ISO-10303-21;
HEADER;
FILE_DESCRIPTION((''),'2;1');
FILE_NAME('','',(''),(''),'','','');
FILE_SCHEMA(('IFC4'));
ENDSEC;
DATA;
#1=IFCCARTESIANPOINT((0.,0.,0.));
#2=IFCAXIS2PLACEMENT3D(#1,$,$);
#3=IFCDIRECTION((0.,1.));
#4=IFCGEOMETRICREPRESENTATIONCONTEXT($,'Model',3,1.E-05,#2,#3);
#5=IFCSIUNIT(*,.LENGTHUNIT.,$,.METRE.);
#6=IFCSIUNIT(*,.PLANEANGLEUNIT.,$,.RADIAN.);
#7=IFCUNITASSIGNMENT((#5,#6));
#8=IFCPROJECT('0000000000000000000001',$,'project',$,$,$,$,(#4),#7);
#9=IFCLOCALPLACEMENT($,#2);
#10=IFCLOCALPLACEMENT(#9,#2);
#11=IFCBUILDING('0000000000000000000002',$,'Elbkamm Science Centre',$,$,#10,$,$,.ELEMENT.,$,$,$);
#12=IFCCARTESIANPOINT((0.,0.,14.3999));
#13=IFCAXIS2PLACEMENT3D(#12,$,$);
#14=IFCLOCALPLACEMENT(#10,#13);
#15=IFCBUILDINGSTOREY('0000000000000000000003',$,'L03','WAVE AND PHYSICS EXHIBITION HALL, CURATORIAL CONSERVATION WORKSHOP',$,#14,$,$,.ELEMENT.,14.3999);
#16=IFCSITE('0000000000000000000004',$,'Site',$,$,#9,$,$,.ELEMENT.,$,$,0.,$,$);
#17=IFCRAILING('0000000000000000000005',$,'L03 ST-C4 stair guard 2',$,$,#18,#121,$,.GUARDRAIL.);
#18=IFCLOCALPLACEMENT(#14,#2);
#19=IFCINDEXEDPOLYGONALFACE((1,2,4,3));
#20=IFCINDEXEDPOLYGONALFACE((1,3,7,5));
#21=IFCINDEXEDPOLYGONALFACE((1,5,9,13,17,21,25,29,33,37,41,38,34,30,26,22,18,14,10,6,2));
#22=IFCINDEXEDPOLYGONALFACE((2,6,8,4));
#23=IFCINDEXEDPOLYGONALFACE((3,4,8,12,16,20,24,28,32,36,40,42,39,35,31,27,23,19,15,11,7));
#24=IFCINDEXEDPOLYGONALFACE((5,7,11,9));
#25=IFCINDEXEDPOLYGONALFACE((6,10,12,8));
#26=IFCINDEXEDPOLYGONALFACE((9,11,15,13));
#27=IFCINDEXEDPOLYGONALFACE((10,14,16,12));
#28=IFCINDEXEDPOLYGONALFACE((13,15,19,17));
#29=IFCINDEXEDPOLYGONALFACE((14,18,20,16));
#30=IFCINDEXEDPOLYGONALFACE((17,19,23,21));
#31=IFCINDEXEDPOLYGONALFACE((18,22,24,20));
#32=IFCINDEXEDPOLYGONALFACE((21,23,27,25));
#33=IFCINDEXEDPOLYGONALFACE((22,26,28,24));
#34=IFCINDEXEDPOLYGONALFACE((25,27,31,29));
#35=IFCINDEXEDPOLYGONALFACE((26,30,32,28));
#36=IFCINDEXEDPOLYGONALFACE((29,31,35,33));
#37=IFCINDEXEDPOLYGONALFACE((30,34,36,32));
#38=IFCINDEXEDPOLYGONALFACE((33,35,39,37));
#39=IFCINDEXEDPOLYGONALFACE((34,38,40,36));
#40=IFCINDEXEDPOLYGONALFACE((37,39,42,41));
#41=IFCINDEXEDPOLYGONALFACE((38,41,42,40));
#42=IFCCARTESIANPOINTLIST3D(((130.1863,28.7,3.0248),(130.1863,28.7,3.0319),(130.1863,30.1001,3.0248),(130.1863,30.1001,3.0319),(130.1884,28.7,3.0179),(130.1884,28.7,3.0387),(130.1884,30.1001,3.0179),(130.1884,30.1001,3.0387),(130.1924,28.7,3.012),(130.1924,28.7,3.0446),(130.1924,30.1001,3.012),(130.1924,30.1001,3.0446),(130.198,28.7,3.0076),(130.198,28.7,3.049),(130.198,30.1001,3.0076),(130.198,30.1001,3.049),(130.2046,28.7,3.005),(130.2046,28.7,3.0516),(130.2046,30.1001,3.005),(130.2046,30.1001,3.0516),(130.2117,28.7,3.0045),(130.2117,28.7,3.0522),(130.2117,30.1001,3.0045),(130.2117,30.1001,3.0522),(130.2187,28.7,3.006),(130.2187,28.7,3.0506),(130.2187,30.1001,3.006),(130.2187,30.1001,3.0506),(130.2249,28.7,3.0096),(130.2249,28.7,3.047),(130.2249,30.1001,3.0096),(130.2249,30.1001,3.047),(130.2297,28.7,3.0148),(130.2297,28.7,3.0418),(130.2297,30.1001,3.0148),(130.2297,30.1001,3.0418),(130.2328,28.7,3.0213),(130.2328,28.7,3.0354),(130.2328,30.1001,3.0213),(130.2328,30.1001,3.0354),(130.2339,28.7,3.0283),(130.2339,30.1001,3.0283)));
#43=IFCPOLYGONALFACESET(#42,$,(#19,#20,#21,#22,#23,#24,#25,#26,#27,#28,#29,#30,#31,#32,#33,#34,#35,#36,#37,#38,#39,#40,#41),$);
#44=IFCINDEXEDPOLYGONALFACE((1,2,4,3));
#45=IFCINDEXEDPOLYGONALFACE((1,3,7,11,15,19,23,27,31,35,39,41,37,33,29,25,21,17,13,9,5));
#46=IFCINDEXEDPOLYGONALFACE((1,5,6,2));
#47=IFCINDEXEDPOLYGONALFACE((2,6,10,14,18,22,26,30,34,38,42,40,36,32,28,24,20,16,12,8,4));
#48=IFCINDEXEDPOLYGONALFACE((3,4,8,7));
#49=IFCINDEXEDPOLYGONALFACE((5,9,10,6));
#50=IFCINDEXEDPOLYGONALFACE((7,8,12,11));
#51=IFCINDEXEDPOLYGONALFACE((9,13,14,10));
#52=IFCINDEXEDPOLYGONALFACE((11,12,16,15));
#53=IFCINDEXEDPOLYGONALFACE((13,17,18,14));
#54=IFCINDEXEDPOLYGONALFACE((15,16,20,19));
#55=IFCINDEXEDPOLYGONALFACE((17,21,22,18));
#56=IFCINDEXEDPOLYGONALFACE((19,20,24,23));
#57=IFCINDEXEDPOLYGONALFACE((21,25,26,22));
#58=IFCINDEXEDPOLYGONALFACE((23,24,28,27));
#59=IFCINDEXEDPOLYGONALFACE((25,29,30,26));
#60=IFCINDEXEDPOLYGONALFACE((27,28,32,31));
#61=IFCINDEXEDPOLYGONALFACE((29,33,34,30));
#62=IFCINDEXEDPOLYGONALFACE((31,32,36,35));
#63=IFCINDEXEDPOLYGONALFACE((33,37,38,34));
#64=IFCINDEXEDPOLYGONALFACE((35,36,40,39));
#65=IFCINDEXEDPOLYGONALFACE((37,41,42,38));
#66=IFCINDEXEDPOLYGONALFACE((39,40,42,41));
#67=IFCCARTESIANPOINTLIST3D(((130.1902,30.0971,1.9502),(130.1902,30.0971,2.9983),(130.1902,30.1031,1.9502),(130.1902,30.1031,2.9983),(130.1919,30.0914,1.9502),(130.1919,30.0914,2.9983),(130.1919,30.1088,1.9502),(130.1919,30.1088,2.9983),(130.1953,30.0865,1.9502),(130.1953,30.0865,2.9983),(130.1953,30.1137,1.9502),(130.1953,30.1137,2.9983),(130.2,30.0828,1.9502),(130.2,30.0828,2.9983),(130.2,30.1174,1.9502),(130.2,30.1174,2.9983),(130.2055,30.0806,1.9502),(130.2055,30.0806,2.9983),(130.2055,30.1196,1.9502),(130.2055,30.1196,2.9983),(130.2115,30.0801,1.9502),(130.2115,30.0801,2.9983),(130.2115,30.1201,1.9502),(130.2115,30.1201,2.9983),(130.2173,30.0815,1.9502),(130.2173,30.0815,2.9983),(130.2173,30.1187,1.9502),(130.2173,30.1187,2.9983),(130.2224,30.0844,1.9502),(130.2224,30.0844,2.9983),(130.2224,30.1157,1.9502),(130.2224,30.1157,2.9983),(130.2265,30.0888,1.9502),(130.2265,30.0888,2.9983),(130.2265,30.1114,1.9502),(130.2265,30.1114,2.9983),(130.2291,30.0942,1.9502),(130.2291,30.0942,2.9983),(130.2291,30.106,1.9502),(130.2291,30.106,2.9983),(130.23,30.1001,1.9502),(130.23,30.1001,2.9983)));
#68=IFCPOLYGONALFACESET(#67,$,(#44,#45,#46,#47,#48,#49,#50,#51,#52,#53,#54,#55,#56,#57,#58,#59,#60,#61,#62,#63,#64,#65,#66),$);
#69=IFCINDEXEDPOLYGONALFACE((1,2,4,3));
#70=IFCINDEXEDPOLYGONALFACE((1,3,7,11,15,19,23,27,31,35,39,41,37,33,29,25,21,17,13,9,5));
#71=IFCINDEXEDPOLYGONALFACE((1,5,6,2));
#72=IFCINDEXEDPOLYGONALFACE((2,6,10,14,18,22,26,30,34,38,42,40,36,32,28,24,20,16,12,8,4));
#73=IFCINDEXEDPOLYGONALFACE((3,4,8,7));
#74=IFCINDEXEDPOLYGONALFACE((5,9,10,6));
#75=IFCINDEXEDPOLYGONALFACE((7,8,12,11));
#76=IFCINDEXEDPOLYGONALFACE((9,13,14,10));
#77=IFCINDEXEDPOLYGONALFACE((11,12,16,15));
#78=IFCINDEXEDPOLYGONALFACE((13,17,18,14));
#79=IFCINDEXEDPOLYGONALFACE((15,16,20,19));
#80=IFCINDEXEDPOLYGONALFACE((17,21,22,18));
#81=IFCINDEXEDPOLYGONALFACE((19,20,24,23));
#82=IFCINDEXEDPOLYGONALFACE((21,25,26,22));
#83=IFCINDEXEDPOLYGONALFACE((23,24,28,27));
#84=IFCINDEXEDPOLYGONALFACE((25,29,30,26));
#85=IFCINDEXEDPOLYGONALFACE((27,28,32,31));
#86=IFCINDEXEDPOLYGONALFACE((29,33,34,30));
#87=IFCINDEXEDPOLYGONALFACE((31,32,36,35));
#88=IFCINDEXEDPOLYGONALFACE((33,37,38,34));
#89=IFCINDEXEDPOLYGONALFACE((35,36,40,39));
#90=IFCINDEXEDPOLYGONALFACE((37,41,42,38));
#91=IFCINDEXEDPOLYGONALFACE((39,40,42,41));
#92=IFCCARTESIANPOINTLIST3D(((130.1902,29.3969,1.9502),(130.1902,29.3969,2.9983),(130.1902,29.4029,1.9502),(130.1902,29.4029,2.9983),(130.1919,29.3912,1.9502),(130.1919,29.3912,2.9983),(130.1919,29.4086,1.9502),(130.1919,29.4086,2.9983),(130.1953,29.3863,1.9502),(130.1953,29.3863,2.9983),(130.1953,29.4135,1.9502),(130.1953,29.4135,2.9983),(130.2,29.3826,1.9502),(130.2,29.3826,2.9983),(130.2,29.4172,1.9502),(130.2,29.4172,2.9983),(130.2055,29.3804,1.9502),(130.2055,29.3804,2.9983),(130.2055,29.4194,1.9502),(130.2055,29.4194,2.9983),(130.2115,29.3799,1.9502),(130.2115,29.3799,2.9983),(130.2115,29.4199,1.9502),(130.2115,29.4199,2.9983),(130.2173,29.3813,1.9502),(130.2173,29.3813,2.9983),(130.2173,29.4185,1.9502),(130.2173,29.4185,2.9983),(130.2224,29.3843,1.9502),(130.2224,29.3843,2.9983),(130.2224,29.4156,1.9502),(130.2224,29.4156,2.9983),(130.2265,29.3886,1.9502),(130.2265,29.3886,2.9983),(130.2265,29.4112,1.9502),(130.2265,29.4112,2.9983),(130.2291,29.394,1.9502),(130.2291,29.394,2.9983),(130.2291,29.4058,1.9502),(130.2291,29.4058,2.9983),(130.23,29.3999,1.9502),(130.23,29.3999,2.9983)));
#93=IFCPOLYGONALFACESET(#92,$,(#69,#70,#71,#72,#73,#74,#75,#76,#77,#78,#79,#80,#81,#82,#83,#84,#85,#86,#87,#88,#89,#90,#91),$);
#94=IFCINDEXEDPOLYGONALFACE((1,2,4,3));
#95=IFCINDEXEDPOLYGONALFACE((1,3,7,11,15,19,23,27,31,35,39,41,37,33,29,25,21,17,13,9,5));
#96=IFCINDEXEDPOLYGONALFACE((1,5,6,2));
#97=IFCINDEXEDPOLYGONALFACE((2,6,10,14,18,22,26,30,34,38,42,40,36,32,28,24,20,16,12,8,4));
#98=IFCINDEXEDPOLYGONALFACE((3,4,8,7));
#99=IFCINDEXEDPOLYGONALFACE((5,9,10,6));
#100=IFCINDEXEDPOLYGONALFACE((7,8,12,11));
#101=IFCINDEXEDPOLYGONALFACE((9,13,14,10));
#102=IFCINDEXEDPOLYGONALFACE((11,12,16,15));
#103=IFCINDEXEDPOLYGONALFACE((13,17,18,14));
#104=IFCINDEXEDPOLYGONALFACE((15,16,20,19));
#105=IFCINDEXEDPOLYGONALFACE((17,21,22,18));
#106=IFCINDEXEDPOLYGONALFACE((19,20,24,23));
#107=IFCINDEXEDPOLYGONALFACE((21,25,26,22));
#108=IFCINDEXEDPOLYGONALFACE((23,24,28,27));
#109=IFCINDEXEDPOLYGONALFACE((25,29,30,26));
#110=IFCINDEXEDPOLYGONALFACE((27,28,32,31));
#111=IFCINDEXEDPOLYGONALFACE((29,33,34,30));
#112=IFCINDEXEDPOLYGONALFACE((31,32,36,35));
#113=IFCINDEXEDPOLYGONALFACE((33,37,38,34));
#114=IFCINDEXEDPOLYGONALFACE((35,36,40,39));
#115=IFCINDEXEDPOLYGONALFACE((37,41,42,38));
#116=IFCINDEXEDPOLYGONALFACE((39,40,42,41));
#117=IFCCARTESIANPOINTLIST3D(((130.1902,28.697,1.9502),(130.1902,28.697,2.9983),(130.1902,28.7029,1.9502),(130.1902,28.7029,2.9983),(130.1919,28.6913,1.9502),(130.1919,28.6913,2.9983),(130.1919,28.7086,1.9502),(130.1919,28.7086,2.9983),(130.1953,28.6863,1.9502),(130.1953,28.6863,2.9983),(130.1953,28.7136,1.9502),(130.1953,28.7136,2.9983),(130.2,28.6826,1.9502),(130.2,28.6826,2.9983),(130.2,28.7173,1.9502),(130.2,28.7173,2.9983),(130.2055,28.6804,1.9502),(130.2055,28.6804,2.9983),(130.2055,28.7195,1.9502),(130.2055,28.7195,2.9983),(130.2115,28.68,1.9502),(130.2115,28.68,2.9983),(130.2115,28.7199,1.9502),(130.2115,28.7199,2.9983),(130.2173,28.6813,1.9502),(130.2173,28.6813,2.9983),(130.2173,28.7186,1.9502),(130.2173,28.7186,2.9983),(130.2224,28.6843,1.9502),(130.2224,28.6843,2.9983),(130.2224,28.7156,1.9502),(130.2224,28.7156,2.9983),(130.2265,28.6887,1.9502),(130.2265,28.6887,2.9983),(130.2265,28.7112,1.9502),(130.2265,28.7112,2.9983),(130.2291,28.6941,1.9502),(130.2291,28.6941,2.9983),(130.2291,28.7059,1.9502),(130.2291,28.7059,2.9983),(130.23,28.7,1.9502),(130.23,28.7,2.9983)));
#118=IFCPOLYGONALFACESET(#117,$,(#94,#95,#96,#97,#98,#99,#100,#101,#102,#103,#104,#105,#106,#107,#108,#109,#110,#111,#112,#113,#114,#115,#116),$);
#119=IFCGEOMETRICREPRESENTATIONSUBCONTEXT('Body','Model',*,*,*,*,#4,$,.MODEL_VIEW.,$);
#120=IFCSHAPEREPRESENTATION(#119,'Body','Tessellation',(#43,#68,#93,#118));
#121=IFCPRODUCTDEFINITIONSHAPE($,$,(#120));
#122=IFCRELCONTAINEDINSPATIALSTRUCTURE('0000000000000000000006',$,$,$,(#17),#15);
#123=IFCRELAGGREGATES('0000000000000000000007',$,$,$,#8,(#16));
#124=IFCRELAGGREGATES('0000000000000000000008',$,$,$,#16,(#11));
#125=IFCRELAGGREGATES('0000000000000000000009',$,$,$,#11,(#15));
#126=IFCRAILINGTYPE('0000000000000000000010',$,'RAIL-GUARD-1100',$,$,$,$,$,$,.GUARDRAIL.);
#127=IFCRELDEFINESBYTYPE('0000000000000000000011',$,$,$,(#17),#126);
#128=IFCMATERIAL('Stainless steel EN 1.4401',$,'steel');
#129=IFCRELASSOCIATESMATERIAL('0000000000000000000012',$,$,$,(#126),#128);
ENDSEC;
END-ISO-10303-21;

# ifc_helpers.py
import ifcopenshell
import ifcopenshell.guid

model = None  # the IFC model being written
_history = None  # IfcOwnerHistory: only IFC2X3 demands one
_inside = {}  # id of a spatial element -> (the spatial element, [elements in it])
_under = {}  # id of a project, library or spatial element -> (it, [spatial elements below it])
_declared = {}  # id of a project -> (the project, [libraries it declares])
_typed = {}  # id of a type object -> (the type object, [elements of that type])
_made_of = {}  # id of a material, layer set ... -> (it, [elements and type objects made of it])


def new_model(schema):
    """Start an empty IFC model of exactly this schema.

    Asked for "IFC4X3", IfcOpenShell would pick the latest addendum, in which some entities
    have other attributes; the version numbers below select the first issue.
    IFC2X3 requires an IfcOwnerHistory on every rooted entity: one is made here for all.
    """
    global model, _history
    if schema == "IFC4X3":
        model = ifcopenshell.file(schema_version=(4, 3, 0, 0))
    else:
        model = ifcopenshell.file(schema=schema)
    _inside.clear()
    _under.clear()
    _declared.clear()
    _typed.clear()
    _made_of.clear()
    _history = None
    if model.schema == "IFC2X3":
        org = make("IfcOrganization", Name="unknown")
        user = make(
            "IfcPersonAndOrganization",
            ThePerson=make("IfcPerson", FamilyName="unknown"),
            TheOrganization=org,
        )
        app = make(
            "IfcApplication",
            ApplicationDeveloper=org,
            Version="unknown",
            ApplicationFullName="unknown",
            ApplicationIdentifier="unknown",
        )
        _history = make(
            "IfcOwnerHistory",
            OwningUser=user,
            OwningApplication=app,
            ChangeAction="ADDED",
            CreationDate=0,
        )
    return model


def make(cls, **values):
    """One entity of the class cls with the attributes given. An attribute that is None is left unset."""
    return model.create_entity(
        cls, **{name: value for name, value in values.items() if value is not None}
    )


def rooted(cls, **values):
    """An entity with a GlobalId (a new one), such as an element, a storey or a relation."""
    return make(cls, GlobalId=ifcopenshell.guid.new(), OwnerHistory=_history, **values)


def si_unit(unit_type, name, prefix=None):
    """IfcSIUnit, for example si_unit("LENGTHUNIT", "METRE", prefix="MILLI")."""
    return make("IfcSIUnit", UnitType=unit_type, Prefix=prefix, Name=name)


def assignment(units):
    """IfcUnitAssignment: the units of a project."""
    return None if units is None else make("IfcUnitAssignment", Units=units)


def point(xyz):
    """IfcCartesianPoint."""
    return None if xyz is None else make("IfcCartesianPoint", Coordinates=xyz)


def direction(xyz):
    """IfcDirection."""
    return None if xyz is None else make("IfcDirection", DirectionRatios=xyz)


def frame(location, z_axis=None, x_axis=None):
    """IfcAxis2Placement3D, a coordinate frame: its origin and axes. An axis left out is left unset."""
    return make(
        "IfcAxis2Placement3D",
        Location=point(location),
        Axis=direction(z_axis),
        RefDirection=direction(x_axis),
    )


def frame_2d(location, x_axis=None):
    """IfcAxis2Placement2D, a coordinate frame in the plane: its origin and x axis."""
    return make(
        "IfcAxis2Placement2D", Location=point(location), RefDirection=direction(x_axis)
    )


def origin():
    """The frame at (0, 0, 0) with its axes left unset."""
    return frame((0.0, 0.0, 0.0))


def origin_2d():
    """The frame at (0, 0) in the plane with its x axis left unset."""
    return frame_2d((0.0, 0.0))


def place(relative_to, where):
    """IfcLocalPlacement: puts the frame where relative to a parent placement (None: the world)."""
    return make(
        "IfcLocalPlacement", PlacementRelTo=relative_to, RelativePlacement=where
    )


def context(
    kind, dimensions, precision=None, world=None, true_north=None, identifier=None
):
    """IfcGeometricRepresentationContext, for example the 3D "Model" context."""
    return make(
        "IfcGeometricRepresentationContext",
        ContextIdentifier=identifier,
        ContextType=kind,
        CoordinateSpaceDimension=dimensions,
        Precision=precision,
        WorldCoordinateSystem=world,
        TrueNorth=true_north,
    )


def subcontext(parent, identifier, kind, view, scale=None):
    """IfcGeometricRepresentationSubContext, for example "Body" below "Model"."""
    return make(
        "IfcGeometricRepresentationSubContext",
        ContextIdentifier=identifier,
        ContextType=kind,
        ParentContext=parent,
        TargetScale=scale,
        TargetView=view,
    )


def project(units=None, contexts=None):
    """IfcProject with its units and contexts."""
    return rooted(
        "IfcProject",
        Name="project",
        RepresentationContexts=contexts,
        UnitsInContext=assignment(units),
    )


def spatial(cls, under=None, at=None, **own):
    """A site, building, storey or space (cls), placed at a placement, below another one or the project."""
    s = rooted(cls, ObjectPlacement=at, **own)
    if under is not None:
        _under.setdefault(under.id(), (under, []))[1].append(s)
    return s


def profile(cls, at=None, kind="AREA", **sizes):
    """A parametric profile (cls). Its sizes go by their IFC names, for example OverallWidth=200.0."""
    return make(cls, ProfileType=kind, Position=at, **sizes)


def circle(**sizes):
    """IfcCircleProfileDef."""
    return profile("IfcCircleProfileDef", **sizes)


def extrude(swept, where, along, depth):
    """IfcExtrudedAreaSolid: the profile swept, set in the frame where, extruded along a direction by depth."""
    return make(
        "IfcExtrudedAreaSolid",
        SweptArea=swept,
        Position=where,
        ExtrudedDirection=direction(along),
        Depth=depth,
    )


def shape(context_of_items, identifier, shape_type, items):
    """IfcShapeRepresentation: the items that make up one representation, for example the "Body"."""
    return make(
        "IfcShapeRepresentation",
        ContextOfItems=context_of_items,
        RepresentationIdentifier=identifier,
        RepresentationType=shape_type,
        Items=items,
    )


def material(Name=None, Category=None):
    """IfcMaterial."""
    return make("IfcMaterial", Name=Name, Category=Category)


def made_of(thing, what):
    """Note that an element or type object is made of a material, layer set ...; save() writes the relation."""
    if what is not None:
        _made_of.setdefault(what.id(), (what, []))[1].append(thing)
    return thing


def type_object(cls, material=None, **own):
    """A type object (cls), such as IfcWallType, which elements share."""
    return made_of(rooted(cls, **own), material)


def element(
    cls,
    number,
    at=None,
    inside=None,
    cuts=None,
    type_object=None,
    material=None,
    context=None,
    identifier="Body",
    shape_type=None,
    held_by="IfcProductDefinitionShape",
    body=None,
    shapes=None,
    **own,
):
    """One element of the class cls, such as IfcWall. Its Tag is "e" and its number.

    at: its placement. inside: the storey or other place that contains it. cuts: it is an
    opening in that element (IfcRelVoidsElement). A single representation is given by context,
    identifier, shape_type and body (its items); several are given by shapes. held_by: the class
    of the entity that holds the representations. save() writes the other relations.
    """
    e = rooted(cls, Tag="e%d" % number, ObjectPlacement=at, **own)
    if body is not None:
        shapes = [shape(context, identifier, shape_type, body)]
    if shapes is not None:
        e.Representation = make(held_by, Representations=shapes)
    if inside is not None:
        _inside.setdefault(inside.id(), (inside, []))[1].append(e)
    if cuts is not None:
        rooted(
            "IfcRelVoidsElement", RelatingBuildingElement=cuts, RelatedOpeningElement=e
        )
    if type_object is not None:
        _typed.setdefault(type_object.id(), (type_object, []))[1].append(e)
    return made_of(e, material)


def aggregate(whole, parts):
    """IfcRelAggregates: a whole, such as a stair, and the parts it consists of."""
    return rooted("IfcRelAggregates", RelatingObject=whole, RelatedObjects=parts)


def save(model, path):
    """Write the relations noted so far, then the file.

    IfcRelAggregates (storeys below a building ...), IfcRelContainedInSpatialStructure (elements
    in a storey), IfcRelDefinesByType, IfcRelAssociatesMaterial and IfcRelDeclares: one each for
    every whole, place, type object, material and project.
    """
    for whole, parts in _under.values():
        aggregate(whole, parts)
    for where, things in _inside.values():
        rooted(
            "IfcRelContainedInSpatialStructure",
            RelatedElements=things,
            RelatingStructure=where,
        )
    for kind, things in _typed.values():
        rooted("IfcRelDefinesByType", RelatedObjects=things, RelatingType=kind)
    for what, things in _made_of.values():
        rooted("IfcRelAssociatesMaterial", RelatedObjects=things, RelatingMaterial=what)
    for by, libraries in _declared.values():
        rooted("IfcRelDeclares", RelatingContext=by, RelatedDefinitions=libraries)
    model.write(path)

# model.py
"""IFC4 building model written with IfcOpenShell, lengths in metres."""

from ifc_helpers import new_model, si_unit, direction, frame, origin, origin_2d, place, context, subcontext, project, spatial, circle, extrude, material, type_object, element, save


model = new_model("IFC4")

# Units and contexts
model_context = context("Model", 3, precision=1e-05, world=origin(), true_north=direction((0.0, 1.0)))
body_context = subcontext(model_context, "Body", "Model", "MODEL_VIEW")
ifc_project = project(units=[si_unit("LENGTHUNIT", "METRE"), si_unit("PLANEANGLEUNIT", "RADIAN")], contexts=[model_context])

# Site, building, storey
site_placement = place(None, origin())
site = spatial("IfcSite", under=ifc_project, at=site_placement, Name="Site", CompositionType="ELEMENT", RefElevation=0.0)
building_placement = place(site_placement, origin())
building = spatial("IfcBuilding", under=site, at=building_placement, Name="Elbkamm Science Centre", CompositionType="ELEMENT")
storey_placement = place(building_placement, frame((0.0, 0.0, 14.3999)))
storey = spatial("IfcBuildingStorey", under=building, at=storey_placement, Name="L03", Description="WAVE AND PHYSICS EXHIBITION HALL, CURATORIAL CONSERVATION WORKSHOP", CompositionType="ELEMENT", Elevation=14.3999)

# Railing
ifc_material_1 = material(Name="Stainless steel EN 1.4401", Category="steel")
railing_type_1 = type_object("IfcRailingType", Name="RAIL-GUARD-1100", PredefinedType="GUARDRAIL", material=ifc_material_1)
railing_1_placement = place(storey_placement, frame((130.21, 30.1001, 1.9502)))
element("IfcRailing", 1, at=railing_1_placement, inside=storey, type_object=railing_type_1, Name="L03 ST-C4 stair guard 2", PredefinedType="GUARDRAIL", context=body_context, shape_type="SweptSolid", body=[
    extrude(circle(Radius=0.0239, at=origin_2d()), frame((0.0, 0.0, 1.0781), z_axis=(0.0, -1.0, 0.0), x_axis=(1.0, 0.0, 0.0)), (0.0, 0.0, 1.0), 1.4001),
    extrude(circle(Radius=0.02, at=origin_2d()), origin(), (0.0, 0.0, 1.0), 1.0481),
    extrude(circle(Radius=0.02, at=origin_2d()), frame((0.0, -0.7002, 0.0)), (0.0, 0.0, 1.0), 1.0481),
    extrude(circle(Radius=0.02, at=origin_2d()), frame((0.0, -1.4001, 0.0)), (0.0, 0.0, 1.0), 1.0481),
])

save(model, "model.ifc")
